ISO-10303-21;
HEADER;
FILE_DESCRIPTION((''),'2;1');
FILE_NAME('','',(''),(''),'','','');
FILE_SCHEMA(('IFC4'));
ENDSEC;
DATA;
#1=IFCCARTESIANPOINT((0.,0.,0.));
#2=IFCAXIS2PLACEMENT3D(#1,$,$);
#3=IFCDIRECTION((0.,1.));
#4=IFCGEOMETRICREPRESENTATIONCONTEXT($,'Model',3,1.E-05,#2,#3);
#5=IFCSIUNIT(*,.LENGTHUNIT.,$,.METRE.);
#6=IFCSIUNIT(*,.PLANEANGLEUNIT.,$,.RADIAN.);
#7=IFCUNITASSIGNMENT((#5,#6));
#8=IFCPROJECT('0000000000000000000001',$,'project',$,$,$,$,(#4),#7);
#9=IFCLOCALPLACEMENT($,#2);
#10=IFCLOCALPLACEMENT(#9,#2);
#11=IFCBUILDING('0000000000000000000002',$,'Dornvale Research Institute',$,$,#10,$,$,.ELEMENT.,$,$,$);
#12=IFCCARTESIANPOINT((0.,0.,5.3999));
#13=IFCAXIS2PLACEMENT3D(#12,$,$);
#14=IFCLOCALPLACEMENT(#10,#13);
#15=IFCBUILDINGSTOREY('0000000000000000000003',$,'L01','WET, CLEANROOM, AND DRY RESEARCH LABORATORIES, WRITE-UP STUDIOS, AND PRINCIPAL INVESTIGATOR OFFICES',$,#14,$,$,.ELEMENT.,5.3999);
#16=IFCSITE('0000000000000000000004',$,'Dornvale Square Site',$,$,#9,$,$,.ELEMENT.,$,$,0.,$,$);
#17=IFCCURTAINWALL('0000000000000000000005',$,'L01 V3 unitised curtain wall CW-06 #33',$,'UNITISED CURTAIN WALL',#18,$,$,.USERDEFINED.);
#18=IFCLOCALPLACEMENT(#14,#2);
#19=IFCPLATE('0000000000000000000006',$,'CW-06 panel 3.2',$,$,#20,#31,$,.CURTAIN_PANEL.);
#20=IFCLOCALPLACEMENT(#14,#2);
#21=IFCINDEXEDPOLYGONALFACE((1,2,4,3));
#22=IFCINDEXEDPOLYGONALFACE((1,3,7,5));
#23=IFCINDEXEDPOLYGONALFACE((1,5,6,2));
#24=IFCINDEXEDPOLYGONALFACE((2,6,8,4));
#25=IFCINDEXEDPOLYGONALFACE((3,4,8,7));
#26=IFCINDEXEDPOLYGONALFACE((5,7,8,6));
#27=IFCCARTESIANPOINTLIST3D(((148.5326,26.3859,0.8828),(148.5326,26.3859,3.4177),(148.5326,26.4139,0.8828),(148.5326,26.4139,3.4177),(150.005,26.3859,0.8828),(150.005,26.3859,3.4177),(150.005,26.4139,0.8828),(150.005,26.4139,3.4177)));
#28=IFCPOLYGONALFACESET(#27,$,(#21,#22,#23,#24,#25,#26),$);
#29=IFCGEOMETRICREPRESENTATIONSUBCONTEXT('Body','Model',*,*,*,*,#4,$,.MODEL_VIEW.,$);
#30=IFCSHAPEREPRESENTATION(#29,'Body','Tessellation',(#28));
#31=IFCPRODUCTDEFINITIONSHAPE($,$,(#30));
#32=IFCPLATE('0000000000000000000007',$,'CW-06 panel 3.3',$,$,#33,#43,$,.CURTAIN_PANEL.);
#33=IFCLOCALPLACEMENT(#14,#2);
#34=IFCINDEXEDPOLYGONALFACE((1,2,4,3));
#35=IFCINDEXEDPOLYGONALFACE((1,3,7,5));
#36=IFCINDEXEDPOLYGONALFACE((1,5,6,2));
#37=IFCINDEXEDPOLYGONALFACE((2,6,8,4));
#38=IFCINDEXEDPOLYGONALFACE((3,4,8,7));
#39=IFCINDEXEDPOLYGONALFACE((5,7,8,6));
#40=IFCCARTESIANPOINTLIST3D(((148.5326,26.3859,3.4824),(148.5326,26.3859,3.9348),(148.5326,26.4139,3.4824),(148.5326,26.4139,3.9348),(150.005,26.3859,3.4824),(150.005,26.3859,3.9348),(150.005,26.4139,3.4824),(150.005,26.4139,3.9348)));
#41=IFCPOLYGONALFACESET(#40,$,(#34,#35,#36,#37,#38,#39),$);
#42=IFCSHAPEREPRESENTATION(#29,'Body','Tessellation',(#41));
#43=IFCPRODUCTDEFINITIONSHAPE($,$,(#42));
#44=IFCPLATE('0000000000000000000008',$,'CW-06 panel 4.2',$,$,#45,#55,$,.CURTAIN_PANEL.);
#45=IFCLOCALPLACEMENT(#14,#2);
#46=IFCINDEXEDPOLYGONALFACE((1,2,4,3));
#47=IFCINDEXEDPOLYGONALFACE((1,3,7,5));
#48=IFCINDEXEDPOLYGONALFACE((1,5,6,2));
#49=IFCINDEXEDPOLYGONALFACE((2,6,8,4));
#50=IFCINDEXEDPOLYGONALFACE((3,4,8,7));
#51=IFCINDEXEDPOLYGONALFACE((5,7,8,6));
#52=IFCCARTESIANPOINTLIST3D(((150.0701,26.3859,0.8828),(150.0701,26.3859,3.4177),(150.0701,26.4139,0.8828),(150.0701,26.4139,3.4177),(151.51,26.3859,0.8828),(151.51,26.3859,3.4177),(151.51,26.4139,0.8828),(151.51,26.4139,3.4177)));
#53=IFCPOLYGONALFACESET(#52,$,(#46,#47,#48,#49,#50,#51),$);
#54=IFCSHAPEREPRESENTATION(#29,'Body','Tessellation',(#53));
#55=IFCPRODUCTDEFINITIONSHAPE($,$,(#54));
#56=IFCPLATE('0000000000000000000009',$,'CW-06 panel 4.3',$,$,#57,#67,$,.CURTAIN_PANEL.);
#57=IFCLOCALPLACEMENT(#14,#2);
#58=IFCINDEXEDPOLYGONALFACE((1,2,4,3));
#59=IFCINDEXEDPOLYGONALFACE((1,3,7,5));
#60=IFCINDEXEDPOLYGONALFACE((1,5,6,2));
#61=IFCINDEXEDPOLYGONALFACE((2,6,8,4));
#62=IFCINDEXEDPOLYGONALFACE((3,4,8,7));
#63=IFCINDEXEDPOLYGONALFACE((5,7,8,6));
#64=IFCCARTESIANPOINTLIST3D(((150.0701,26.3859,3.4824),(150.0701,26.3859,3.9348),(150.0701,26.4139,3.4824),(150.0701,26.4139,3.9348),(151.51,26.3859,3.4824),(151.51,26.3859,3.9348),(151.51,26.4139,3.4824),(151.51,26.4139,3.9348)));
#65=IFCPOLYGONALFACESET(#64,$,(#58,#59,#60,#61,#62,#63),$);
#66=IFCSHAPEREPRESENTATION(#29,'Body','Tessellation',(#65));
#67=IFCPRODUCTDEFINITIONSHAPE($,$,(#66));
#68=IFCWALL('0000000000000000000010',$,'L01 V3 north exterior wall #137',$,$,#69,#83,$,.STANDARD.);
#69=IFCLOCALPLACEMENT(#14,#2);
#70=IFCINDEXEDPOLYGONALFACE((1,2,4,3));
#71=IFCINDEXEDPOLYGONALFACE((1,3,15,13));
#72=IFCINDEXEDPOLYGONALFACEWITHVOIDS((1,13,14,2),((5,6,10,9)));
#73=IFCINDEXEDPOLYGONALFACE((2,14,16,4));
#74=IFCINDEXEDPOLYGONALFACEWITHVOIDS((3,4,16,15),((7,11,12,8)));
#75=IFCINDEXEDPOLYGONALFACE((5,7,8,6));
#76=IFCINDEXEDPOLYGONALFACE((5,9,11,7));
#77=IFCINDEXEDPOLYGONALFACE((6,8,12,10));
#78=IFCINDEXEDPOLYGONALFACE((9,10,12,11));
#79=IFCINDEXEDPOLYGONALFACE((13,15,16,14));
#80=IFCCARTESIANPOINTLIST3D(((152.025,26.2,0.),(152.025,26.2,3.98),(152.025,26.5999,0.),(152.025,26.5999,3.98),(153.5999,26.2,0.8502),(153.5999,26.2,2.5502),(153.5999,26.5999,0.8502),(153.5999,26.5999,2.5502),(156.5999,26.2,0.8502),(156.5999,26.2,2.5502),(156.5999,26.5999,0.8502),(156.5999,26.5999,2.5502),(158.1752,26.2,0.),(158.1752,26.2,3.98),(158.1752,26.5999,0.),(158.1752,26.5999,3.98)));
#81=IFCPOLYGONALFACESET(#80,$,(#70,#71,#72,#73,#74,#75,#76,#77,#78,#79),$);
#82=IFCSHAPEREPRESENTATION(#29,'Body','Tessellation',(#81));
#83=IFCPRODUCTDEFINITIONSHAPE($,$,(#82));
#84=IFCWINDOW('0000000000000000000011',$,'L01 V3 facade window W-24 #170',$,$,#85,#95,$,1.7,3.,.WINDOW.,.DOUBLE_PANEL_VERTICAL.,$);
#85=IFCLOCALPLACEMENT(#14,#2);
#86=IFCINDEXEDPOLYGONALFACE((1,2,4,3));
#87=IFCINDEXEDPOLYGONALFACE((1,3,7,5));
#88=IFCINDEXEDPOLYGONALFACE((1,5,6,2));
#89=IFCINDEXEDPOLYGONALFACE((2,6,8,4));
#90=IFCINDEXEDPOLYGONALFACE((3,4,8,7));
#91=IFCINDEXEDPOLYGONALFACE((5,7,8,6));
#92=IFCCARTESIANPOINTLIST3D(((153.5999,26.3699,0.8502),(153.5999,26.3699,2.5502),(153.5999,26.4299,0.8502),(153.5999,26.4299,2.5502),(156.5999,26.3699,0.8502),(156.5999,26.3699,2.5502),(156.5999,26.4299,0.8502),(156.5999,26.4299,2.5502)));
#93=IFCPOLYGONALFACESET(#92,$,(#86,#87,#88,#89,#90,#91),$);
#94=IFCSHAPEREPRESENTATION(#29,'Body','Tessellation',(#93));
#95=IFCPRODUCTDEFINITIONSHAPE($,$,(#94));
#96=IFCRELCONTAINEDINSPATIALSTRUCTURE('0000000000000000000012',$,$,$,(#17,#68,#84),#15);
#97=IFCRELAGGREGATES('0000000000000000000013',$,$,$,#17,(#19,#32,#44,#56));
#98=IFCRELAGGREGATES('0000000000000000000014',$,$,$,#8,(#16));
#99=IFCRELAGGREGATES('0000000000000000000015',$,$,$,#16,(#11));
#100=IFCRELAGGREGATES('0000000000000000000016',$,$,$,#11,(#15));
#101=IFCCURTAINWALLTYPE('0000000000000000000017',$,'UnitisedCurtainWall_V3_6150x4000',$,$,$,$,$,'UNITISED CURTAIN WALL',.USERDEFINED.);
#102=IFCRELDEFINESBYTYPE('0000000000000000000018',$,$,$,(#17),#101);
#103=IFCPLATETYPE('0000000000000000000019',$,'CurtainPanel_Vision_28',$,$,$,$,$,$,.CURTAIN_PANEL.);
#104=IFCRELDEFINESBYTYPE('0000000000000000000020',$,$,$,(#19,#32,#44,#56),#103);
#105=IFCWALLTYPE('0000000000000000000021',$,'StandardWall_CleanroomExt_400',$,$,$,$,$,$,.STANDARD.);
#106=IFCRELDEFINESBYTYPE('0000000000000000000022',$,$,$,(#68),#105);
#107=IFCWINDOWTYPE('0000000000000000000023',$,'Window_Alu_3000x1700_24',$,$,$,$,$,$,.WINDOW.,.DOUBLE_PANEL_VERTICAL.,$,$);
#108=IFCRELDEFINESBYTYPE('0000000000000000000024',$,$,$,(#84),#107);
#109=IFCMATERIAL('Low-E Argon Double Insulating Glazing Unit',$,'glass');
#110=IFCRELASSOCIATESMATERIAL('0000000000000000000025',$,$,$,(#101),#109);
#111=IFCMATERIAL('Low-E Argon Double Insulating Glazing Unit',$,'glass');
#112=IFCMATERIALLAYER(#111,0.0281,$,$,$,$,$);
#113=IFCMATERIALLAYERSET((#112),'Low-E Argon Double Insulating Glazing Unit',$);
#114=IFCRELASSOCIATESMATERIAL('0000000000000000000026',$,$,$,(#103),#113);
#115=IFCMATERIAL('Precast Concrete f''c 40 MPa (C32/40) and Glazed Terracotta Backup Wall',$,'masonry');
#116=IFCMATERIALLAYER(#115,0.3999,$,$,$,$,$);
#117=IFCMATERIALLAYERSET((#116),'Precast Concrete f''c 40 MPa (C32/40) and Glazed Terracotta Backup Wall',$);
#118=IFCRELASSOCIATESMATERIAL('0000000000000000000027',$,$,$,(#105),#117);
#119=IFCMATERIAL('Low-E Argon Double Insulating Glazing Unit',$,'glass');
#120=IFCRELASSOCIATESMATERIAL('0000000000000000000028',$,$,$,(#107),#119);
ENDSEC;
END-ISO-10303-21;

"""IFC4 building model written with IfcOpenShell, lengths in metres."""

from ifc_helpers import new_model, si_unit, direction, frame, frame_2d, origin, origin_2d, place, context, subcontext, project, spatial, rectangle, extrude, material, layer, layer_set, type_object, element, fill, aggregate, save


model = new_model("IFC4")

# Units and contexts
model_context = context("Model", 3, precision=1e-05, world=origin(), true_north=direction((0.0, 1.0)))
body_context = subcontext(model_context, "Body", "Model", "MODEL_VIEW")
ifc_project = project(units=[si_unit("LENGTHUNIT", "METRE"), si_unit("PLANEANGLEUNIT", "RADIAN")], contexts=[model_context])

# Site, building, storey
site_placement = place(None, origin())
site = spatial("IfcSite", under=ifc_project, at=site_placement, Name="Dornvale Square Site", CompositionType="ELEMENT", RefElevation=0.0)
building_placement = place(site_placement, origin())
building = spatial("IfcBuilding", under=site, at=building_placement, Name="Dornvale Research Institute", CompositionType="ELEMENT")
storey_placement = place(building_placement, frame((0.0, 0.0, 5.3999)))
storey = spatial("IfcBuildingStorey", under=building, at=storey_placement, Name="L01", Description="WET, CLEANROOM, AND DRY RESEARCH LABORATORIES, WRITE-UP STUDIOS, AND PRINCIPAL INVESTIGATOR OFFICES", CompositionType="ELEMENT", Elevation=5.3999)

# Curtain wall
ifc_material_1 = material(Name="Low-E Argon Double Insulating Glazing Unit", Category="glass")
curtain_wall_type = type_object("IfcCurtainWallType", Name="UnitisedCurtainWall_V3_6150x4000", ElementType="UNITISED CURTAIN WALL", PredefinedType="USERDEFINED", material=ifc_material_1)
curtain_wall_1_placement = place(storey_placement, origin())
curtain_wall_1 = element("IfcCurtainWall", 1, at=curtain_wall_1_placement, inside=storey, type_object=curtain_wall_type, Name="L01 V3 unitised curtain wall CW-06 #33", ObjectType="UNITISED CURTAIN WALL", PredefinedType="USERDEFINED")

# Plates
ifc_material_2 = material(Name="Low-E Argon Double Insulating Glazing Unit", Category="glass")
ifc_layer_1 = layer(ifc_material_2, 0.0281)
ifc_layer_set_1 = layer_set([ifc_layer_1], Name="Low-E Argon Double Insulating Glazing Unit")
plate_type_1 = type_object("IfcPlateType", Name="CurtainPanel_Vision_28", PredefinedType="CURTAIN_PANEL", material=ifc_layer_set_1)
plate_1_placement = place(storey_placement, frame((149.2688, 26.3999, 0.8828), z_axis=(0.0, 0.0, 1.0), x_axis=(1.0, 0.0, 0.0)))
plate_1 = element("IfcPlate", 2, at=plate_1_placement, type_object=plate_type_1, Name="CW-06 panel 3.2", PredefinedType="CURTAIN_PANEL", context=body_context, shape_type="SweptSolid", body=[
    extrude(rectangle(XDim=1.4724, YDim=0.0281, at=origin_2d()), origin(), (0.0, 0.0, 1.0), 2.5349),
])
plate_2_placement = place(storey_placement, frame((149.2688, 26.3999, 3.4824), z_axis=(0.0, 0.0, 1.0), x_axis=(1.0, 0.0, 0.0)))
plate_2 = element("IfcPlate", 3, at=plate_2_placement, type_object=plate_type_1, Name="CW-06 panel 3.3", PredefinedType="CURTAIN_PANEL", context=body_context, shape_type="SweptSolid", body=[
    extrude(rectangle(XDim=1.4724, YDim=0.0281, at=origin_2d()), origin(), (0.0, 0.0, 1.0), 0.4524),
])
plate_3_placement = place(storey_placement, frame((150.79, 26.3999, 0.8828), z_axis=(0.0, 0.0, 1.0), x_axis=(1.0, 0.0, 0.0)))
plate_3 = element("IfcPlate", 4, at=plate_3_placement, type_object=plate_type_1, Name="CW-06 panel 4.2", PredefinedType="CURTAIN_PANEL", context=body_context, shape_type="SweptSolid", body=[
    extrude(rectangle(XDim=1.4399, YDim=0.0281, at=origin_2d()), origin(), (0.0, 0.0, 1.0), 2.5349),
])
plate_4_placement = place(storey_placement, frame((150.79, 26.3999, 3.4824), z_axis=(0.0, 0.0, 1.0), x_axis=(1.0, 0.0, 0.0)))
plate_4 = element("IfcPlate", 5, at=plate_4_placement, type_object=plate_type_1, Name="CW-06 panel 4.3", PredefinedType="CURTAIN_PANEL", context=body_context, shape_type="SweptSolid", body=[
    extrude(rectangle(XDim=1.4399, YDim=0.0281, at=origin_2d()), origin(), (0.0, 0.0, 1.0), 0.4524),
])
aggregate(curtain_wall_1, [plate_1, plate_2, plate_3, plate_4])

# Wall, opening, window
ifc_material_3 = material(Name="Precast Concrete f'c 40 MPa (C32/40) and Glazed Terracotta Backup Wall", Category="masonry")
ifc_layer_2 = layer(ifc_material_3, 0.3999)
ifc_layer_set_2 = layer_set([ifc_layer_2], Name="Precast Concrete f'c 40 MPa (C32/40) and Glazed Terracotta Backup Wall")
wall_type = type_object("IfcWallType", Name="StandardWall_CleanroomExt_400", PredefinedType="STANDARD", material=ifc_layer_set_2)
wall_placement = place(storey_placement, frame((152.0249, 26.3999, 0.0), z_axis=(0.0, 0.0, 1.0), x_axis=(1.0, 0.0, 0.0)))
wall = element("IfcWall", 6, at=wall_placement, inside=storey, type_object=wall_type, Name="L01 V3 north exterior wall #137", PredefinedType="STANDARD", context=body_context, shape_type="SweptSolid", body=[
    extrude(rectangle(XDim=6.1501, YDim=0.3999, at=frame_2d((3.0752, 0.0))), origin(), (0.0, 0.0, 1.0), 3.98),
])
opening_placement = place(wall_placement, frame((1.575, 0.0, 0.8501)))
opening = element("IfcOpeningElement", 7, at=opening_placement, cuts=wall, PredefinedType="OPENING", context=body_context, shape_type="SweptSolid", body=[
    extrude(rectangle(XDim=3.0, YDim=1.7, at=frame_2d((1.5, 0.8501))), frame((0.0, 0.2148, 0.0), z_axis=(0.0, -1.0, 0.0), x_axis=(1.0, 0.0, 0.0)), (0.0, 0.0, 1.0), 0.4299),
])
ifc_material_4 = material(Name="Low-E Argon Double Insulating Glazing Unit", Category="glass")
window_type = type_object("IfcWindowType", Name="Window_Alu_3000x1700_24", PartitioningType="DOUBLE_PANEL_VERTICAL", PredefinedType="WINDOW", material=ifc_material_4)
window_placement = place(opening_placement, origin())
window = element("IfcWindow", 8, at=window_placement, inside=storey, type_object=window_type, Name="L01 V3 facade window W-24 #170", OverallHeight=1.7, OverallWidth=3.0, PartitioningType="DOUBLE_PANEL_VERTICAL", PredefinedType="WINDOW", context=body_context, shape_type="SweptSolid", body=[
    extrude(rectangle(XDim=3.0, YDim=1.7, at=frame_2d((1.5, 0.8501))), frame((0.0, 0.03, 0.0), z_axis=(0.0, -1.0, 0.0), x_axis=(1.0, 0.0, 0.0)), (0.0, 0.0, 1.0), 0.0601),
])
fill(opening, window)

save(model, "model.ifc")
